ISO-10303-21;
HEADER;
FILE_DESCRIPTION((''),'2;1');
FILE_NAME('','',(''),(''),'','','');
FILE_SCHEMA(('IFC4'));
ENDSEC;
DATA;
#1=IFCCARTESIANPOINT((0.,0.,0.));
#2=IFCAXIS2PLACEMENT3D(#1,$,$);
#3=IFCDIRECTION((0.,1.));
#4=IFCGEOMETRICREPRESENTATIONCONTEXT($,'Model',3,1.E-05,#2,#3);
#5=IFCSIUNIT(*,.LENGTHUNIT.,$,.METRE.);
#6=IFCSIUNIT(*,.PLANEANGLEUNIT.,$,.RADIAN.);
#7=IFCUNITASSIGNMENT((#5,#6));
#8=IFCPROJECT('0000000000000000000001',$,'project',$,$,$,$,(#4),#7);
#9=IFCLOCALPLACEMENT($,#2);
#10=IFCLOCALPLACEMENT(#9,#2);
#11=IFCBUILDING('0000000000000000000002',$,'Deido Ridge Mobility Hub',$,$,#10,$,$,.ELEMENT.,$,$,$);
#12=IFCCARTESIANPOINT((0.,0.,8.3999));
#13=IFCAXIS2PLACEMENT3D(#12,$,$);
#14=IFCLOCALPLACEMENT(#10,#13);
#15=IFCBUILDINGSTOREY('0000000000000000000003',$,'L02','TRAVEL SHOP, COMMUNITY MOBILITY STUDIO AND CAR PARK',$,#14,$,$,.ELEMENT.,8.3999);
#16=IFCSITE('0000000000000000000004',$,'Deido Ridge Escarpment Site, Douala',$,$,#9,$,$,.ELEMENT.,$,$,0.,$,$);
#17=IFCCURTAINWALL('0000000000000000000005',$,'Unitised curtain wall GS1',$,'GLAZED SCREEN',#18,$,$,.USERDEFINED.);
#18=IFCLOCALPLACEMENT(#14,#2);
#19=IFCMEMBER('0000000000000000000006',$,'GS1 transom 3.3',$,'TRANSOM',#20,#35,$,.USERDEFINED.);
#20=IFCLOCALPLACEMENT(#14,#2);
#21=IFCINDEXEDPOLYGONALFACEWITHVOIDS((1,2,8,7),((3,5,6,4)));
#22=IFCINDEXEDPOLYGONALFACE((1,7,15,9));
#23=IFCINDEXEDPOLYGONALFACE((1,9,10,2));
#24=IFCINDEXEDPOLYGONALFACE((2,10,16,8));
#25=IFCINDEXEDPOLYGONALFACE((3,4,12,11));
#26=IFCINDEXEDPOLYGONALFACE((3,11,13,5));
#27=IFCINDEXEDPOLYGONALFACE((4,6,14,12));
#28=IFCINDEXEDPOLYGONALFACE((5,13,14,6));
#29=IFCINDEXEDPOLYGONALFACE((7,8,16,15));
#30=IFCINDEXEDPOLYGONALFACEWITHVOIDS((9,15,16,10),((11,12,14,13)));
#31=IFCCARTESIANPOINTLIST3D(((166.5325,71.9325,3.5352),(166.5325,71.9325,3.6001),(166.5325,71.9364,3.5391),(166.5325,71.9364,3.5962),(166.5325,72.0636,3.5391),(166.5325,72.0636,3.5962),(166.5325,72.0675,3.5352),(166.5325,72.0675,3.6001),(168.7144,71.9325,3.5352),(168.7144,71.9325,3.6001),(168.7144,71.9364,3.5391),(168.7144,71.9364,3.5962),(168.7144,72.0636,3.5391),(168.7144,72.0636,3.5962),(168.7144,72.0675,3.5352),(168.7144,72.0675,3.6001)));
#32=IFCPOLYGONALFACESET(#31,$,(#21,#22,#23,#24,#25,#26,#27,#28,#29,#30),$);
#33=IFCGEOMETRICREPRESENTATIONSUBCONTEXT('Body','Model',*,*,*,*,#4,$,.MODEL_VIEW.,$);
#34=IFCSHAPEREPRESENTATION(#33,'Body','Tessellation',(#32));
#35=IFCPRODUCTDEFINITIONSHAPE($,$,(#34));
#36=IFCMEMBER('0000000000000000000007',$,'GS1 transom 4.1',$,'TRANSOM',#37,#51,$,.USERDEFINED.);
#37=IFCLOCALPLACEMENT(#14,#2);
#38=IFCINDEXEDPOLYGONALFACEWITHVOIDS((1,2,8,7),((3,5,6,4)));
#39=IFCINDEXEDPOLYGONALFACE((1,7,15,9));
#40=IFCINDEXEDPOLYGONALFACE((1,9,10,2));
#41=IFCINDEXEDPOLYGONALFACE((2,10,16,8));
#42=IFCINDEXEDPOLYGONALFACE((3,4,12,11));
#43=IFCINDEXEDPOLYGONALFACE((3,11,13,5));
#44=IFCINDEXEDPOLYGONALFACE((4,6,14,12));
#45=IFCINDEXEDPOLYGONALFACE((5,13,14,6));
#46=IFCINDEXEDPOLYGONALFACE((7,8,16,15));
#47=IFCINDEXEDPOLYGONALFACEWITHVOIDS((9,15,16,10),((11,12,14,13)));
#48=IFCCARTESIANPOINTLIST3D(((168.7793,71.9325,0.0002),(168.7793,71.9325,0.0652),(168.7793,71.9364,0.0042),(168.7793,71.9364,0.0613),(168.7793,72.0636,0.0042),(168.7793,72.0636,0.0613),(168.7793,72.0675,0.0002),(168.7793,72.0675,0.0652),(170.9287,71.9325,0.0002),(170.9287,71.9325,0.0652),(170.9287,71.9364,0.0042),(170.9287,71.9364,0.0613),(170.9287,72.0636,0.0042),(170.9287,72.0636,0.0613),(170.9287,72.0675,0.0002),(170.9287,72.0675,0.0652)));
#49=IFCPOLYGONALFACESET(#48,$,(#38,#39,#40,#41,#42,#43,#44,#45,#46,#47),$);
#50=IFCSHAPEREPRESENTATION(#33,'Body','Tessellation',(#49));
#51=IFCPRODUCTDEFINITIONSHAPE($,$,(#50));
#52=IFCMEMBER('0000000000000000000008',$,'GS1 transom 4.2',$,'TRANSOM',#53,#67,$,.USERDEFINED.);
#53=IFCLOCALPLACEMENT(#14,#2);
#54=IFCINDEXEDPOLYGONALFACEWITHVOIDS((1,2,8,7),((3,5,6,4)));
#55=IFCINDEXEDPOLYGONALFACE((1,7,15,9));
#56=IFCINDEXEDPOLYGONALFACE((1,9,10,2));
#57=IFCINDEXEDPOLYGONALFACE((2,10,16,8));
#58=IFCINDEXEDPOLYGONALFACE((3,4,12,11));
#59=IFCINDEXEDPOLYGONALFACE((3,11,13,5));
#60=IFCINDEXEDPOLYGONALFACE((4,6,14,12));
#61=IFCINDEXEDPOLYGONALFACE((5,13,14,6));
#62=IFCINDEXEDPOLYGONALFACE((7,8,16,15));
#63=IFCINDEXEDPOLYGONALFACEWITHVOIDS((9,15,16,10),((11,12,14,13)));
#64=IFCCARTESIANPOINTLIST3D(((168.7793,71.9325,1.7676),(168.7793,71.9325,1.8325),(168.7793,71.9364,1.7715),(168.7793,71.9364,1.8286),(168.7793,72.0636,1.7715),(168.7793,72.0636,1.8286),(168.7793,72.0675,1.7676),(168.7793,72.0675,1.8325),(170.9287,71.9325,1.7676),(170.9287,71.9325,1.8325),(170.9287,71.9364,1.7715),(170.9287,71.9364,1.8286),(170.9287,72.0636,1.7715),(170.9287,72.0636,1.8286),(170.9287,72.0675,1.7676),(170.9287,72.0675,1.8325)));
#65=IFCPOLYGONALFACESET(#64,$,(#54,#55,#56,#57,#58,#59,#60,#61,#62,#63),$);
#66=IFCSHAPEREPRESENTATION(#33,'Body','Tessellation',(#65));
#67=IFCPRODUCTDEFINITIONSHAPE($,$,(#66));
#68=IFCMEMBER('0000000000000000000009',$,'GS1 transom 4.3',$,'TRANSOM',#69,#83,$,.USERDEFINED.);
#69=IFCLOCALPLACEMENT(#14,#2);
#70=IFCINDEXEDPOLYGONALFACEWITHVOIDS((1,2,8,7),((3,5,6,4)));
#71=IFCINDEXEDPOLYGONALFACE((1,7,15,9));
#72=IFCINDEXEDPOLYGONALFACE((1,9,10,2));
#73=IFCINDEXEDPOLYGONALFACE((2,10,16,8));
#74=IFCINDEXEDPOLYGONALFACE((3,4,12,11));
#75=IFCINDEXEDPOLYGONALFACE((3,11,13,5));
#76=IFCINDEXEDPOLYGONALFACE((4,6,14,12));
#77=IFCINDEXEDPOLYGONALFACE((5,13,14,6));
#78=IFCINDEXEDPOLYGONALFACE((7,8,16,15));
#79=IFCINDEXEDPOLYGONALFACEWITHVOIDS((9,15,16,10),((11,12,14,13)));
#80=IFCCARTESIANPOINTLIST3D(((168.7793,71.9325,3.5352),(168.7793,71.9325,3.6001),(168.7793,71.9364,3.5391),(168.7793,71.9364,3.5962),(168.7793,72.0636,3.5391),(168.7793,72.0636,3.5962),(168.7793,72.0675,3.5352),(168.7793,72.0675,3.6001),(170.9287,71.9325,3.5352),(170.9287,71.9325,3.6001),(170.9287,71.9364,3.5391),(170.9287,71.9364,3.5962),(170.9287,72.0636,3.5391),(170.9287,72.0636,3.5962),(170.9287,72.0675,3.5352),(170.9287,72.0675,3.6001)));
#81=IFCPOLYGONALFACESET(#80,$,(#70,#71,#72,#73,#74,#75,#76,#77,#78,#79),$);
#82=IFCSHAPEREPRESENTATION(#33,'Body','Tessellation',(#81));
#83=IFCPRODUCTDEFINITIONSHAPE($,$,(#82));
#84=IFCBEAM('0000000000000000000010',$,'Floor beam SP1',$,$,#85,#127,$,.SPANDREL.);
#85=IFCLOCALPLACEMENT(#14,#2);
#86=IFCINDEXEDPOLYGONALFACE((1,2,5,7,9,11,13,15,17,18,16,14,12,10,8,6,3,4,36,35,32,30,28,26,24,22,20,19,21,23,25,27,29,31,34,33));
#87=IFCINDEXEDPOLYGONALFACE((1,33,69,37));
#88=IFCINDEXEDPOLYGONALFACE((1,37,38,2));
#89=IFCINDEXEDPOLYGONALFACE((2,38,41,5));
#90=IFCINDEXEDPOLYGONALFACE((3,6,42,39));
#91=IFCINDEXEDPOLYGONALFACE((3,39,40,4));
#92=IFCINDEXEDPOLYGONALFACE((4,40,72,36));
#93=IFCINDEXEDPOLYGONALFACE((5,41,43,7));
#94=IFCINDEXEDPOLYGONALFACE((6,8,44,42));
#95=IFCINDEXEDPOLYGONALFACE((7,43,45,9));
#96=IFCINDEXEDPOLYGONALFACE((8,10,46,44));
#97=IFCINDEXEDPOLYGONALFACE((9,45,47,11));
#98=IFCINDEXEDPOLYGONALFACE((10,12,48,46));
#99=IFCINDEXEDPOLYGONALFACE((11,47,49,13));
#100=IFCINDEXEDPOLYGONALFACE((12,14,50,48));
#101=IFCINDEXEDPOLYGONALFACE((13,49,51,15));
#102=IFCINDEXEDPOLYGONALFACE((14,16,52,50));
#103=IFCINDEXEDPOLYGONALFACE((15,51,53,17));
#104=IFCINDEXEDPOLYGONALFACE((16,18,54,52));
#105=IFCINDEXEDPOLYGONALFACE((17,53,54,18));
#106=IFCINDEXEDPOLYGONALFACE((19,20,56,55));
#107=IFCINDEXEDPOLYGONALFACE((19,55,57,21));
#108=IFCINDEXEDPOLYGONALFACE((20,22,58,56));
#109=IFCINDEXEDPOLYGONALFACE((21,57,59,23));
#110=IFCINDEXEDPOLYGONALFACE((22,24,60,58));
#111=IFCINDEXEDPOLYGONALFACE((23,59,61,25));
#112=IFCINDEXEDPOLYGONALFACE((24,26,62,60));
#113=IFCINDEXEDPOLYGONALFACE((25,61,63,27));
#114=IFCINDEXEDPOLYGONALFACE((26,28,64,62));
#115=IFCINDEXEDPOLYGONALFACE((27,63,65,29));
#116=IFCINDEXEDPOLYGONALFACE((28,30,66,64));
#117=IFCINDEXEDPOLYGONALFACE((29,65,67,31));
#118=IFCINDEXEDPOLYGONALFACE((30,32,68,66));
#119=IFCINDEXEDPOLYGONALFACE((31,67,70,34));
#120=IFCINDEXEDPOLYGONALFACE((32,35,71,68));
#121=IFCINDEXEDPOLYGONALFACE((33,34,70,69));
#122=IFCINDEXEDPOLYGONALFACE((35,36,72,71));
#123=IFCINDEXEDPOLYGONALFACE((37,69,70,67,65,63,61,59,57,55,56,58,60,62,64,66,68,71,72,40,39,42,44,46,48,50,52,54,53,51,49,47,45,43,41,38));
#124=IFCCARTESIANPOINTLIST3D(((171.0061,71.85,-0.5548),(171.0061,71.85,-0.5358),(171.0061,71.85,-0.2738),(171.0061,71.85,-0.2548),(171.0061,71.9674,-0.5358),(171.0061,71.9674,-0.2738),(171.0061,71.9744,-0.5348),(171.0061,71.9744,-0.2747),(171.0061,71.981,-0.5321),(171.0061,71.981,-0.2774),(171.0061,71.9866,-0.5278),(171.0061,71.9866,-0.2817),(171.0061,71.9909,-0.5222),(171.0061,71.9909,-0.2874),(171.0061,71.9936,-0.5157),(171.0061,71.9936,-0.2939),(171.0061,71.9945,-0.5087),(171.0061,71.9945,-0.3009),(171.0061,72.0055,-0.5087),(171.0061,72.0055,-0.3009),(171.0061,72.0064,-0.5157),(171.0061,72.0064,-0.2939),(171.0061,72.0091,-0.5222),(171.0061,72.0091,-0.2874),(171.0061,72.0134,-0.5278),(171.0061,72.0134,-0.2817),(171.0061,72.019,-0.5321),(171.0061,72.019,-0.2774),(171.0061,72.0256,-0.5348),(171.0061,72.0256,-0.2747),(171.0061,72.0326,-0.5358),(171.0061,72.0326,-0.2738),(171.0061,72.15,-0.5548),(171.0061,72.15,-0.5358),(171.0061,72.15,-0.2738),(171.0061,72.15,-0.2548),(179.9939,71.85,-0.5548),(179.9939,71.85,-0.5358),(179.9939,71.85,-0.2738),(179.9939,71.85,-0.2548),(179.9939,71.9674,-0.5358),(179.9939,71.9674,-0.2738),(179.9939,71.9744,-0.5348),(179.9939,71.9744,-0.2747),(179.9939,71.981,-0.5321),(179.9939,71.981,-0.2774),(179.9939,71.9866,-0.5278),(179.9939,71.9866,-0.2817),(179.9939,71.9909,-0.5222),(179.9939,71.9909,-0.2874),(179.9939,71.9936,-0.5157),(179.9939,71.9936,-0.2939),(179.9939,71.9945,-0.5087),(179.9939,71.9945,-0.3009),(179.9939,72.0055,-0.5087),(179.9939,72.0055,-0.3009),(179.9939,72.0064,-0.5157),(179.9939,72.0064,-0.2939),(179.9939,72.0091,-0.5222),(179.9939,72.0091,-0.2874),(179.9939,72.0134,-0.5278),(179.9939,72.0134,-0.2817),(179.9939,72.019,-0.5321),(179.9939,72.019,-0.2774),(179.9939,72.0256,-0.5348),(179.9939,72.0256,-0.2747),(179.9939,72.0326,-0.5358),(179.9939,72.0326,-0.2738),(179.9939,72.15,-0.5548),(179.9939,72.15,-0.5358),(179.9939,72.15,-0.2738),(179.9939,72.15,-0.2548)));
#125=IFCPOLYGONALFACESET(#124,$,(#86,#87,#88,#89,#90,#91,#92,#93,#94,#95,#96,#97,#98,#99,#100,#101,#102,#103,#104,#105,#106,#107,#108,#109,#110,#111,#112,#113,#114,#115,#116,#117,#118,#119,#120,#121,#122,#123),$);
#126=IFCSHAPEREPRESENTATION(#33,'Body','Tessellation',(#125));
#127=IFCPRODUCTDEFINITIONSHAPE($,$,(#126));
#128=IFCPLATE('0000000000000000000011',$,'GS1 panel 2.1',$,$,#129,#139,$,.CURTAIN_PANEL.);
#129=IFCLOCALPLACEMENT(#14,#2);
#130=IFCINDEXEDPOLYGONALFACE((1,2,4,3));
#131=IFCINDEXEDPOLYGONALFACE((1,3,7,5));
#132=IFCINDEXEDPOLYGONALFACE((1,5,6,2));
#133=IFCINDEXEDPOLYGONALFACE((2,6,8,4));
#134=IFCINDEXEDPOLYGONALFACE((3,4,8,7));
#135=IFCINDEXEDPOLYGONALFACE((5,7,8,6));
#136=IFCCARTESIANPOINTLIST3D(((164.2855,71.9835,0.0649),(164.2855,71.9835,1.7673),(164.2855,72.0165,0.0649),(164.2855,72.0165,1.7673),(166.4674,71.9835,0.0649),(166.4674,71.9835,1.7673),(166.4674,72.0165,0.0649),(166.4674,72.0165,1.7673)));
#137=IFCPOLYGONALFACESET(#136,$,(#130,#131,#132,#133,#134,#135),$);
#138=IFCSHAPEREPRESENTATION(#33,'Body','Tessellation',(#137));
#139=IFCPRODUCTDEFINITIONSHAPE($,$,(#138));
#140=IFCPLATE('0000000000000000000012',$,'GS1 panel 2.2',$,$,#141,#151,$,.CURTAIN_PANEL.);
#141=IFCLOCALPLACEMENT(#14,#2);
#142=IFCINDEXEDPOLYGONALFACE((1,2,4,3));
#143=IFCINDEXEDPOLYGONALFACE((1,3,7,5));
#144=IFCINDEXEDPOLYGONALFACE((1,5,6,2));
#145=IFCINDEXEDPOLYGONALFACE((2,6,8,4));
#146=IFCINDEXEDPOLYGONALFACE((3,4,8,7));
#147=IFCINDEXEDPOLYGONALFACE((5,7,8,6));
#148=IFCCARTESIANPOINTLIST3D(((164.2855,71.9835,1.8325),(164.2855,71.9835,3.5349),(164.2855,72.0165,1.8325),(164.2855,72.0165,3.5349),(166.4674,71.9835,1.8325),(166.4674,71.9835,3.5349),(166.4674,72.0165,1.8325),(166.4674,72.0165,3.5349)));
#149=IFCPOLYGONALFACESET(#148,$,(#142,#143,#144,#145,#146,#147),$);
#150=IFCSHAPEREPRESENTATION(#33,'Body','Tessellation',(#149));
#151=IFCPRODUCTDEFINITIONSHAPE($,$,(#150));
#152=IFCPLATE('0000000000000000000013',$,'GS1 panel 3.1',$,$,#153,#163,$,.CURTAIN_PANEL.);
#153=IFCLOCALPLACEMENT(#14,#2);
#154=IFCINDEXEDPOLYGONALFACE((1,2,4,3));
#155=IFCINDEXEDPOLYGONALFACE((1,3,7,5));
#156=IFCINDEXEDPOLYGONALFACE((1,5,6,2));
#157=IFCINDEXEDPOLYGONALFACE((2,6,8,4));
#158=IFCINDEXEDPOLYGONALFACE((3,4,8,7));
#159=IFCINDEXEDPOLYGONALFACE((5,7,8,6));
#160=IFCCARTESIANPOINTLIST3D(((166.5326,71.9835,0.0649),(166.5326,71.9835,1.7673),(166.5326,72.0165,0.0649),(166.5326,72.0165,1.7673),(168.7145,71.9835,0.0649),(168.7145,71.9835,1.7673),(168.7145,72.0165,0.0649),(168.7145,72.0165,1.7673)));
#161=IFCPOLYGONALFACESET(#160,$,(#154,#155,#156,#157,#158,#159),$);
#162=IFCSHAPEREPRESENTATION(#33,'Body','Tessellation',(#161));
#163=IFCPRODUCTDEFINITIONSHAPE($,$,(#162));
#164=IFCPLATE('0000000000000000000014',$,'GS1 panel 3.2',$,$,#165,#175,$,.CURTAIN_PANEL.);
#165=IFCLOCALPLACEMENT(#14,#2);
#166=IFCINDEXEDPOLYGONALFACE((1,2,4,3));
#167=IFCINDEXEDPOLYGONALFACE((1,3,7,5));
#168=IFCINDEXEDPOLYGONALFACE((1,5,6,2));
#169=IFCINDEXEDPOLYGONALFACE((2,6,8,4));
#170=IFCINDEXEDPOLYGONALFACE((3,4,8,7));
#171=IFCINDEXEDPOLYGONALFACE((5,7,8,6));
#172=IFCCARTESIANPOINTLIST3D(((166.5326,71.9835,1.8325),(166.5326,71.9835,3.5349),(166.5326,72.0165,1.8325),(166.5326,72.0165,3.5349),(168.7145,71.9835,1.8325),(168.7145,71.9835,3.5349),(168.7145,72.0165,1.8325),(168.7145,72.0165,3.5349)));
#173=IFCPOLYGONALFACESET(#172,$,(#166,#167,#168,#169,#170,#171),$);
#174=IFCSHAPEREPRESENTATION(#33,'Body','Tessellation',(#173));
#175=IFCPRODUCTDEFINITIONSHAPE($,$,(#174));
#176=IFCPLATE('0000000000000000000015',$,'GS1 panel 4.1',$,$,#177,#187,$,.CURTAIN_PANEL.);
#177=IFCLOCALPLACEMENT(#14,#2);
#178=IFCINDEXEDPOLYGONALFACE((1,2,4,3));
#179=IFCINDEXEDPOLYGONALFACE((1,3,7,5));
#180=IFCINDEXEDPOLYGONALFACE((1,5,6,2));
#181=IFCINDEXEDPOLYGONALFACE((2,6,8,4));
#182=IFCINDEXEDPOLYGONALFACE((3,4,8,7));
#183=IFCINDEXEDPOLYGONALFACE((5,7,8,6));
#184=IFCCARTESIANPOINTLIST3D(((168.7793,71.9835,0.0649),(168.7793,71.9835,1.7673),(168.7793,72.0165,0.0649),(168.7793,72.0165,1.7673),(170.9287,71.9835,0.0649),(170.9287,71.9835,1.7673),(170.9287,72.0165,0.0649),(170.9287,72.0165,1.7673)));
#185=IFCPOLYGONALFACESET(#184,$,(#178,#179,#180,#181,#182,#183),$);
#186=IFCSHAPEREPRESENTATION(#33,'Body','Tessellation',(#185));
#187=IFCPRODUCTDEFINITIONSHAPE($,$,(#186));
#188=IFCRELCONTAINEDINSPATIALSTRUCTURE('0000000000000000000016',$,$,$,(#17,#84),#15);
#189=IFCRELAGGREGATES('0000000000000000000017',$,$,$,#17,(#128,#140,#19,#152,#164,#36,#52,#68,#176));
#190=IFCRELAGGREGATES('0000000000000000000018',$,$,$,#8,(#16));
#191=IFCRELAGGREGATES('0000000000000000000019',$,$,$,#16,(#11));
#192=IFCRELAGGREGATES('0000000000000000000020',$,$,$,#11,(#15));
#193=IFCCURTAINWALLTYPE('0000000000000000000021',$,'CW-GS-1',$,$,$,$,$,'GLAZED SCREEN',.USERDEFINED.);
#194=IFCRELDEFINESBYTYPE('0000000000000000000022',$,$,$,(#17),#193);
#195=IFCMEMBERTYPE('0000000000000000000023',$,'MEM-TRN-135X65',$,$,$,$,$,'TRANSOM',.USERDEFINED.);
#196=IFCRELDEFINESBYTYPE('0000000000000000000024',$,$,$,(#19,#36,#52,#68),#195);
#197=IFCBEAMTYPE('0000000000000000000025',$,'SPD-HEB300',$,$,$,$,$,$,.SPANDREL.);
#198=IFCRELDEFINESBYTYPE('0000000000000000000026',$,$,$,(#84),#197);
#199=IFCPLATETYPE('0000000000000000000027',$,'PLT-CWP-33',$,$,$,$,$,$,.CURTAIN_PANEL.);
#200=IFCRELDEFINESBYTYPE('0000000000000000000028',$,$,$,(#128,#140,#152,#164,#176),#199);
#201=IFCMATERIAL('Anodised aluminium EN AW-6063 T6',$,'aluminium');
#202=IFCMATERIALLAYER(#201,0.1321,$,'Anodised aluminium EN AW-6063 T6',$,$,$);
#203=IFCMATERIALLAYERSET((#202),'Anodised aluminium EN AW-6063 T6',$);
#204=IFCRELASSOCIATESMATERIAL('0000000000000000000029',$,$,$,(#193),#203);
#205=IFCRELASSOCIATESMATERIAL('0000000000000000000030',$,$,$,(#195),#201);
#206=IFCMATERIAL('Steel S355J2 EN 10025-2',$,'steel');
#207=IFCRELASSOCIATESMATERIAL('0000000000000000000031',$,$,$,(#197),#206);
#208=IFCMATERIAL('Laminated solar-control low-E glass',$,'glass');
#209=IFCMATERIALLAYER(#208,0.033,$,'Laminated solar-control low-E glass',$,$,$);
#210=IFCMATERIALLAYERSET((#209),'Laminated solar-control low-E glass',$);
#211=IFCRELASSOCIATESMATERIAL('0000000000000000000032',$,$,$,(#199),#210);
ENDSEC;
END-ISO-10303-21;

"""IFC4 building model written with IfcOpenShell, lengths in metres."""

from ifc_helpers import new_model, si_unit, direction, frame, origin, origin_2d, place, context, subcontext, project, spatial, rectangle, hollow_rectangle, i_section, extrude, material, layer, layer_set, material_profile, profile_set, type_object, element, aggregate, save


model = new_model("IFC4")

# Units and contexts
model_context = context("Model", 3, precision=1e-05, world=origin(), true_north=direction((0.0, 1.0)))
body_context = subcontext(model_context, "Body", "Model", "MODEL_VIEW")
ifc_project = project(units=[si_unit("LENGTHUNIT", "METRE"), si_unit("PLANEANGLEUNIT", "RADIAN")], contexts=[model_context])

# Site, building, storey
site_placement = place(None, origin())
site = spatial("IfcSite", under=ifc_project, at=site_placement, Name="Deido Ridge Escarpment Site, Douala", CompositionType="ELEMENT", RefElevation=0.0)
building_placement = place(site_placement, origin())
building = spatial("IfcBuilding", under=site, at=building_placement, Name="Deido Ridge Mobility Hub", CompositionType="ELEMENT")
storey_placement = place(building_placement, frame((0.0, 0.0, 8.3999)))
storey = spatial("IfcBuildingStorey", under=building, at=storey_placement, Name="L02", Description="TRAVEL SHOP, COMMUNITY MOBILITY STUDIO AND CAR PARK", CompositionType="ELEMENT", Elevation=8.3999)

# Shared definitions
ifc_material_1 = material(Name="Steel S355J2 EN 10025-2", Category="steel")

# Curtain wall, members
ifc_material_2 = material(Name="Anodised aluminium EN AW-6063 T6", Category="aluminium")
ifc_layer_1 = layer(ifc_material_2, 0.1321, Name="Anodised aluminium EN AW-6063 T6")
ifc_layer_set_1 = layer_set([ifc_layer_1], Name="Anodised aluminium EN AW-6063 T6")
curtain_wall_type = type_object("IfcCurtainWallType", Name="CW-GS-1", ElementType="GLAZED SCREEN", PredefinedType="USERDEFINED", material=ifc_layer_set_1)
curtain_wall_placement = place(storey_placement, origin())
curtain_wall = element("IfcCurtainWall", 1, at=curtain_wall_placement, inside=storey, type_object=curtain_wall_type, Name="Unitised curtain wall GS1", ObjectType="GLAZED SCREEN", PredefinedType="USERDEFINED")
ifc_material_profile_1 = material_profile(ifc_material_2, hollow_rectangle(XDim=0.135, YDim=0.0649, WallThickness=0.0039, at=origin_2d()), Name="RHS 135x65x4")
ifc_profile_set_1 = profile_set([ifc_material_profile_1], Name="Anodised aluminium EN AW-6063 T6")
member_type_1 = type_object("IfcMemberType", Name="MEM-TRN-135X65", ElementType="TRANSOM", PredefinedType="USERDEFINED", material=ifc_profile_set_1)
member_1_placement = place(storey_placement, frame((166.5325, 72.0, 3.5676), z_axis=(1.0, 0.0, 0.0), x_axis=(0.0, 1.0, 0.0)))
member_1 = element("IfcMember", 2, at=member_1_placement, type_object=member_type_1, Name="GS1 transom 3.3", ObjectType="TRANSOM", PredefinedType="USERDEFINED", context=body_context, shape_type="SweptSolid", body=[
    extrude(hollow_rectangle(XDim=0.135, YDim=0.0649, WallThickness=0.0039, at=origin_2d()), origin(), (0.0, 0.0, 1.0), 2.1819),
])
member_2_placement = place(storey_placement, frame((168.7793, 72.0, 0.0327), z_axis=(1.0, 0.0, 0.0), x_axis=(0.0, 1.0, 0.0)))
member_2 = element("IfcMember", 3, at=member_2_placement, type_object=member_type_1, Name="GS1 transom 4.1", ObjectType="TRANSOM", PredefinedType="USERDEFINED", context=body_context, shape_type="SweptSolid", body=[
    extrude(hollow_rectangle(XDim=0.135, YDim=0.0649, WallThickness=0.0039, at=origin_2d()), origin(), (0.0, 0.0, 1.0), 2.1494),
])
member_3_placement = place(storey_placement, frame((168.7793, 72.0, 1.8), z_axis=(1.0, 0.0, 0.0), x_axis=(0.0, 1.0, 0.0)))
member_3 = element("IfcMember", 4, at=member_3_placement, type_object=member_type_1, Name="GS1 transom 4.2", ObjectType="TRANSOM", PredefinedType="USERDEFINED", context=body_context, shape_type="SweptSolid", body=[
    extrude(hollow_rectangle(XDim=0.135, YDim=0.0649, WallThickness=0.0039, at=origin_2d()), origin(), (0.0, 0.0, 1.0), 2.1494),
])
member_4_placement = place(storey_placement, frame((168.7793, 72.0, 3.5676), z_axis=(1.0, 0.0, 0.0), x_axis=(0.0, 1.0, 0.0)))
member_4 = element("IfcMember", 5, at=member_4_placement, type_object=member_type_1, Name="GS1 transom 4.3", ObjectType="TRANSOM", PredefinedType="USERDEFINED", context=body_context, shape_type="SweptSolid", body=[
    extrude(hollow_rectangle(XDim=0.135, YDim=0.0649, WallThickness=0.0039, at=origin_2d()), origin(), (0.0, 0.0, 1.0), 2.1494),
])

# Beam
ifc_material_profile_2 = material_profile(ifc_material_1, i_section(OverallWidth=0.3, OverallDepth=0.3, WebThickness=0.011, FlangeThickness=0.019, FilletRadius=0.0271, at=origin_2d()), Name="HEB 300")
ifc_profile_set_2 = profile_set([ifc_material_profile_2], Name="Steel S355J2 EN 10025-2")
beam_type = type_object("IfcBeamType", Name="SPD-HEB300", PredefinedType="SPANDREL", material=ifc_profile_set_2)
beam_placement = place(storey_placement, frame((171.0061, 72.0, -0.4048), z_axis=(1.0, 0.0, 0.0), x_axis=(0.0, 1.0, 0.0)))
element("IfcBeam", 6, at=beam_placement, inside=storey, type_object=beam_type, Name="Floor beam SP1", PredefinedType="SPANDREL", context=body_context, shape_type="SweptSolid", body=[
    extrude(i_section(OverallWidth=0.3, OverallDepth=0.3, WebThickness=0.011, FlangeThickness=0.019, FilletRadius=0.0271, at=origin_2d()), origin(), (0.0, 0.0, 1.0), 8.9878),
])

# Plates
ifc_material_3 = material(Name="Laminated solar-control low-E glass", Category="glass")
ifc_layer_2 = layer(ifc_material_3, 0.033, Name="Laminated solar-control low-E glass")
ifc_layer_set_2 = layer_set([ifc_layer_2], Name="Laminated solar-control low-E glass")
plate_type = type_object("IfcPlateType", Name="PLT-CWP-33", PredefinedType="CURTAIN_PANEL", material=ifc_layer_set_2)
plate_1_placement = place(storey_placement, frame((165.3765, 72.0, 0.0649), z_axis=(0.0, 0.0, 1.0), x_axis=(1.0, 0.0, 0.0)))
plate_1 = element("IfcPlate", 7, at=plate_1_placement, type_object=plate_type, Name="GS1 panel 2.1", PredefinedType="CURTAIN_PANEL", context=body_context, shape_type="SweptSolid", body=[
    extrude(rectangle(XDim=2.1819, YDim=0.033, at=origin_2d()), origin(), (0.0, 0.0, 1.0), 1.7024),
])
plate_2_placement = place(storey_placement, frame((165.3765, 72.0, 1.8325), z_axis=(0.0, 0.0, 1.0), x_axis=(1.0, 0.0, 0.0)))
plate_2 = element("IfcPlate", 8, at=plate_2_placement, type_object=plate_type, Name="GS1 panel 2.2", PredefinedType="CURTAIN_PANEL", context=body_context, shape_type="SweptSolid", body=[
    extrude(rectangle(XDim=2.1819, YDim=0.033, at=origin_2d()), origin(), (0.0, 0.0, 1.0), 1.7024),
])
plate_3_placement = place(storey_placement, frame((167.6235, 72.0, 0.0649), z_axis=(0.0, 0.0, 1.0), x_axis=(1.0, 0.0, 0.0)))
plate_3 = element("IfcPlate", 9, at=plate_3_placement, type_object=plate_type, Name="GS1 panel 3.1", PredefinedType="CURTAIN_PANEL", context=body_context, shape_type="SweptSolid", body=[
    extrude(rectangle(XDim=2.1819, YDim=0.033, at=origin_2d()), origin(), (0.0, 0.0, 1.0), 1.7024),
])
plate_4_placement = place(storey_placement, frame((167.6235, 72.0, 1.8325), z_axis=(0.0, 0.0, 1.0), x_axis=(1.0, 0.0, 0.0)))
plate_4 = element("IfcPlate", 10, at=plate_4_placement, type_object=plate_type, Name="GS1 panel 3.2", PredefinedType="CURTAIN_PANEL", context=body_context, shape_type="SweptSolid", body=[
    extrude(rectangle(XDim=2.1819, YDim=0.033, at=origin_2d()), origin(), (0.0, 0.0, 1.0), 1.7024),
])
plate_5_placement = place(storey_placement, frame((169.854, 72.0, 0.0649), z_axis=(0.0, 0.0, 1.0), x_axis=(1.0, 0.0, 0.0)))
plate_5 = element("IfcPlate", 11, at=plate_5_placement, type_object=plate_type, Name="GS1 panel 4.1", PredefinedType="CURTAIN_PANEL", context=body_context, shape_type="SweptSolid", body=[
    extrude(rectangle(XDim=2.1494, YDim=0.033, at=origin_2d()), origin(), (0.0, 0.0, 1.0), 1.7024),
])
aggregate(curtain_wall, [plate_1, plate_2, member_1, plate_3, plate_4, member_2, member_3, member_4, plate_5])

save(model, "model.ifc")
